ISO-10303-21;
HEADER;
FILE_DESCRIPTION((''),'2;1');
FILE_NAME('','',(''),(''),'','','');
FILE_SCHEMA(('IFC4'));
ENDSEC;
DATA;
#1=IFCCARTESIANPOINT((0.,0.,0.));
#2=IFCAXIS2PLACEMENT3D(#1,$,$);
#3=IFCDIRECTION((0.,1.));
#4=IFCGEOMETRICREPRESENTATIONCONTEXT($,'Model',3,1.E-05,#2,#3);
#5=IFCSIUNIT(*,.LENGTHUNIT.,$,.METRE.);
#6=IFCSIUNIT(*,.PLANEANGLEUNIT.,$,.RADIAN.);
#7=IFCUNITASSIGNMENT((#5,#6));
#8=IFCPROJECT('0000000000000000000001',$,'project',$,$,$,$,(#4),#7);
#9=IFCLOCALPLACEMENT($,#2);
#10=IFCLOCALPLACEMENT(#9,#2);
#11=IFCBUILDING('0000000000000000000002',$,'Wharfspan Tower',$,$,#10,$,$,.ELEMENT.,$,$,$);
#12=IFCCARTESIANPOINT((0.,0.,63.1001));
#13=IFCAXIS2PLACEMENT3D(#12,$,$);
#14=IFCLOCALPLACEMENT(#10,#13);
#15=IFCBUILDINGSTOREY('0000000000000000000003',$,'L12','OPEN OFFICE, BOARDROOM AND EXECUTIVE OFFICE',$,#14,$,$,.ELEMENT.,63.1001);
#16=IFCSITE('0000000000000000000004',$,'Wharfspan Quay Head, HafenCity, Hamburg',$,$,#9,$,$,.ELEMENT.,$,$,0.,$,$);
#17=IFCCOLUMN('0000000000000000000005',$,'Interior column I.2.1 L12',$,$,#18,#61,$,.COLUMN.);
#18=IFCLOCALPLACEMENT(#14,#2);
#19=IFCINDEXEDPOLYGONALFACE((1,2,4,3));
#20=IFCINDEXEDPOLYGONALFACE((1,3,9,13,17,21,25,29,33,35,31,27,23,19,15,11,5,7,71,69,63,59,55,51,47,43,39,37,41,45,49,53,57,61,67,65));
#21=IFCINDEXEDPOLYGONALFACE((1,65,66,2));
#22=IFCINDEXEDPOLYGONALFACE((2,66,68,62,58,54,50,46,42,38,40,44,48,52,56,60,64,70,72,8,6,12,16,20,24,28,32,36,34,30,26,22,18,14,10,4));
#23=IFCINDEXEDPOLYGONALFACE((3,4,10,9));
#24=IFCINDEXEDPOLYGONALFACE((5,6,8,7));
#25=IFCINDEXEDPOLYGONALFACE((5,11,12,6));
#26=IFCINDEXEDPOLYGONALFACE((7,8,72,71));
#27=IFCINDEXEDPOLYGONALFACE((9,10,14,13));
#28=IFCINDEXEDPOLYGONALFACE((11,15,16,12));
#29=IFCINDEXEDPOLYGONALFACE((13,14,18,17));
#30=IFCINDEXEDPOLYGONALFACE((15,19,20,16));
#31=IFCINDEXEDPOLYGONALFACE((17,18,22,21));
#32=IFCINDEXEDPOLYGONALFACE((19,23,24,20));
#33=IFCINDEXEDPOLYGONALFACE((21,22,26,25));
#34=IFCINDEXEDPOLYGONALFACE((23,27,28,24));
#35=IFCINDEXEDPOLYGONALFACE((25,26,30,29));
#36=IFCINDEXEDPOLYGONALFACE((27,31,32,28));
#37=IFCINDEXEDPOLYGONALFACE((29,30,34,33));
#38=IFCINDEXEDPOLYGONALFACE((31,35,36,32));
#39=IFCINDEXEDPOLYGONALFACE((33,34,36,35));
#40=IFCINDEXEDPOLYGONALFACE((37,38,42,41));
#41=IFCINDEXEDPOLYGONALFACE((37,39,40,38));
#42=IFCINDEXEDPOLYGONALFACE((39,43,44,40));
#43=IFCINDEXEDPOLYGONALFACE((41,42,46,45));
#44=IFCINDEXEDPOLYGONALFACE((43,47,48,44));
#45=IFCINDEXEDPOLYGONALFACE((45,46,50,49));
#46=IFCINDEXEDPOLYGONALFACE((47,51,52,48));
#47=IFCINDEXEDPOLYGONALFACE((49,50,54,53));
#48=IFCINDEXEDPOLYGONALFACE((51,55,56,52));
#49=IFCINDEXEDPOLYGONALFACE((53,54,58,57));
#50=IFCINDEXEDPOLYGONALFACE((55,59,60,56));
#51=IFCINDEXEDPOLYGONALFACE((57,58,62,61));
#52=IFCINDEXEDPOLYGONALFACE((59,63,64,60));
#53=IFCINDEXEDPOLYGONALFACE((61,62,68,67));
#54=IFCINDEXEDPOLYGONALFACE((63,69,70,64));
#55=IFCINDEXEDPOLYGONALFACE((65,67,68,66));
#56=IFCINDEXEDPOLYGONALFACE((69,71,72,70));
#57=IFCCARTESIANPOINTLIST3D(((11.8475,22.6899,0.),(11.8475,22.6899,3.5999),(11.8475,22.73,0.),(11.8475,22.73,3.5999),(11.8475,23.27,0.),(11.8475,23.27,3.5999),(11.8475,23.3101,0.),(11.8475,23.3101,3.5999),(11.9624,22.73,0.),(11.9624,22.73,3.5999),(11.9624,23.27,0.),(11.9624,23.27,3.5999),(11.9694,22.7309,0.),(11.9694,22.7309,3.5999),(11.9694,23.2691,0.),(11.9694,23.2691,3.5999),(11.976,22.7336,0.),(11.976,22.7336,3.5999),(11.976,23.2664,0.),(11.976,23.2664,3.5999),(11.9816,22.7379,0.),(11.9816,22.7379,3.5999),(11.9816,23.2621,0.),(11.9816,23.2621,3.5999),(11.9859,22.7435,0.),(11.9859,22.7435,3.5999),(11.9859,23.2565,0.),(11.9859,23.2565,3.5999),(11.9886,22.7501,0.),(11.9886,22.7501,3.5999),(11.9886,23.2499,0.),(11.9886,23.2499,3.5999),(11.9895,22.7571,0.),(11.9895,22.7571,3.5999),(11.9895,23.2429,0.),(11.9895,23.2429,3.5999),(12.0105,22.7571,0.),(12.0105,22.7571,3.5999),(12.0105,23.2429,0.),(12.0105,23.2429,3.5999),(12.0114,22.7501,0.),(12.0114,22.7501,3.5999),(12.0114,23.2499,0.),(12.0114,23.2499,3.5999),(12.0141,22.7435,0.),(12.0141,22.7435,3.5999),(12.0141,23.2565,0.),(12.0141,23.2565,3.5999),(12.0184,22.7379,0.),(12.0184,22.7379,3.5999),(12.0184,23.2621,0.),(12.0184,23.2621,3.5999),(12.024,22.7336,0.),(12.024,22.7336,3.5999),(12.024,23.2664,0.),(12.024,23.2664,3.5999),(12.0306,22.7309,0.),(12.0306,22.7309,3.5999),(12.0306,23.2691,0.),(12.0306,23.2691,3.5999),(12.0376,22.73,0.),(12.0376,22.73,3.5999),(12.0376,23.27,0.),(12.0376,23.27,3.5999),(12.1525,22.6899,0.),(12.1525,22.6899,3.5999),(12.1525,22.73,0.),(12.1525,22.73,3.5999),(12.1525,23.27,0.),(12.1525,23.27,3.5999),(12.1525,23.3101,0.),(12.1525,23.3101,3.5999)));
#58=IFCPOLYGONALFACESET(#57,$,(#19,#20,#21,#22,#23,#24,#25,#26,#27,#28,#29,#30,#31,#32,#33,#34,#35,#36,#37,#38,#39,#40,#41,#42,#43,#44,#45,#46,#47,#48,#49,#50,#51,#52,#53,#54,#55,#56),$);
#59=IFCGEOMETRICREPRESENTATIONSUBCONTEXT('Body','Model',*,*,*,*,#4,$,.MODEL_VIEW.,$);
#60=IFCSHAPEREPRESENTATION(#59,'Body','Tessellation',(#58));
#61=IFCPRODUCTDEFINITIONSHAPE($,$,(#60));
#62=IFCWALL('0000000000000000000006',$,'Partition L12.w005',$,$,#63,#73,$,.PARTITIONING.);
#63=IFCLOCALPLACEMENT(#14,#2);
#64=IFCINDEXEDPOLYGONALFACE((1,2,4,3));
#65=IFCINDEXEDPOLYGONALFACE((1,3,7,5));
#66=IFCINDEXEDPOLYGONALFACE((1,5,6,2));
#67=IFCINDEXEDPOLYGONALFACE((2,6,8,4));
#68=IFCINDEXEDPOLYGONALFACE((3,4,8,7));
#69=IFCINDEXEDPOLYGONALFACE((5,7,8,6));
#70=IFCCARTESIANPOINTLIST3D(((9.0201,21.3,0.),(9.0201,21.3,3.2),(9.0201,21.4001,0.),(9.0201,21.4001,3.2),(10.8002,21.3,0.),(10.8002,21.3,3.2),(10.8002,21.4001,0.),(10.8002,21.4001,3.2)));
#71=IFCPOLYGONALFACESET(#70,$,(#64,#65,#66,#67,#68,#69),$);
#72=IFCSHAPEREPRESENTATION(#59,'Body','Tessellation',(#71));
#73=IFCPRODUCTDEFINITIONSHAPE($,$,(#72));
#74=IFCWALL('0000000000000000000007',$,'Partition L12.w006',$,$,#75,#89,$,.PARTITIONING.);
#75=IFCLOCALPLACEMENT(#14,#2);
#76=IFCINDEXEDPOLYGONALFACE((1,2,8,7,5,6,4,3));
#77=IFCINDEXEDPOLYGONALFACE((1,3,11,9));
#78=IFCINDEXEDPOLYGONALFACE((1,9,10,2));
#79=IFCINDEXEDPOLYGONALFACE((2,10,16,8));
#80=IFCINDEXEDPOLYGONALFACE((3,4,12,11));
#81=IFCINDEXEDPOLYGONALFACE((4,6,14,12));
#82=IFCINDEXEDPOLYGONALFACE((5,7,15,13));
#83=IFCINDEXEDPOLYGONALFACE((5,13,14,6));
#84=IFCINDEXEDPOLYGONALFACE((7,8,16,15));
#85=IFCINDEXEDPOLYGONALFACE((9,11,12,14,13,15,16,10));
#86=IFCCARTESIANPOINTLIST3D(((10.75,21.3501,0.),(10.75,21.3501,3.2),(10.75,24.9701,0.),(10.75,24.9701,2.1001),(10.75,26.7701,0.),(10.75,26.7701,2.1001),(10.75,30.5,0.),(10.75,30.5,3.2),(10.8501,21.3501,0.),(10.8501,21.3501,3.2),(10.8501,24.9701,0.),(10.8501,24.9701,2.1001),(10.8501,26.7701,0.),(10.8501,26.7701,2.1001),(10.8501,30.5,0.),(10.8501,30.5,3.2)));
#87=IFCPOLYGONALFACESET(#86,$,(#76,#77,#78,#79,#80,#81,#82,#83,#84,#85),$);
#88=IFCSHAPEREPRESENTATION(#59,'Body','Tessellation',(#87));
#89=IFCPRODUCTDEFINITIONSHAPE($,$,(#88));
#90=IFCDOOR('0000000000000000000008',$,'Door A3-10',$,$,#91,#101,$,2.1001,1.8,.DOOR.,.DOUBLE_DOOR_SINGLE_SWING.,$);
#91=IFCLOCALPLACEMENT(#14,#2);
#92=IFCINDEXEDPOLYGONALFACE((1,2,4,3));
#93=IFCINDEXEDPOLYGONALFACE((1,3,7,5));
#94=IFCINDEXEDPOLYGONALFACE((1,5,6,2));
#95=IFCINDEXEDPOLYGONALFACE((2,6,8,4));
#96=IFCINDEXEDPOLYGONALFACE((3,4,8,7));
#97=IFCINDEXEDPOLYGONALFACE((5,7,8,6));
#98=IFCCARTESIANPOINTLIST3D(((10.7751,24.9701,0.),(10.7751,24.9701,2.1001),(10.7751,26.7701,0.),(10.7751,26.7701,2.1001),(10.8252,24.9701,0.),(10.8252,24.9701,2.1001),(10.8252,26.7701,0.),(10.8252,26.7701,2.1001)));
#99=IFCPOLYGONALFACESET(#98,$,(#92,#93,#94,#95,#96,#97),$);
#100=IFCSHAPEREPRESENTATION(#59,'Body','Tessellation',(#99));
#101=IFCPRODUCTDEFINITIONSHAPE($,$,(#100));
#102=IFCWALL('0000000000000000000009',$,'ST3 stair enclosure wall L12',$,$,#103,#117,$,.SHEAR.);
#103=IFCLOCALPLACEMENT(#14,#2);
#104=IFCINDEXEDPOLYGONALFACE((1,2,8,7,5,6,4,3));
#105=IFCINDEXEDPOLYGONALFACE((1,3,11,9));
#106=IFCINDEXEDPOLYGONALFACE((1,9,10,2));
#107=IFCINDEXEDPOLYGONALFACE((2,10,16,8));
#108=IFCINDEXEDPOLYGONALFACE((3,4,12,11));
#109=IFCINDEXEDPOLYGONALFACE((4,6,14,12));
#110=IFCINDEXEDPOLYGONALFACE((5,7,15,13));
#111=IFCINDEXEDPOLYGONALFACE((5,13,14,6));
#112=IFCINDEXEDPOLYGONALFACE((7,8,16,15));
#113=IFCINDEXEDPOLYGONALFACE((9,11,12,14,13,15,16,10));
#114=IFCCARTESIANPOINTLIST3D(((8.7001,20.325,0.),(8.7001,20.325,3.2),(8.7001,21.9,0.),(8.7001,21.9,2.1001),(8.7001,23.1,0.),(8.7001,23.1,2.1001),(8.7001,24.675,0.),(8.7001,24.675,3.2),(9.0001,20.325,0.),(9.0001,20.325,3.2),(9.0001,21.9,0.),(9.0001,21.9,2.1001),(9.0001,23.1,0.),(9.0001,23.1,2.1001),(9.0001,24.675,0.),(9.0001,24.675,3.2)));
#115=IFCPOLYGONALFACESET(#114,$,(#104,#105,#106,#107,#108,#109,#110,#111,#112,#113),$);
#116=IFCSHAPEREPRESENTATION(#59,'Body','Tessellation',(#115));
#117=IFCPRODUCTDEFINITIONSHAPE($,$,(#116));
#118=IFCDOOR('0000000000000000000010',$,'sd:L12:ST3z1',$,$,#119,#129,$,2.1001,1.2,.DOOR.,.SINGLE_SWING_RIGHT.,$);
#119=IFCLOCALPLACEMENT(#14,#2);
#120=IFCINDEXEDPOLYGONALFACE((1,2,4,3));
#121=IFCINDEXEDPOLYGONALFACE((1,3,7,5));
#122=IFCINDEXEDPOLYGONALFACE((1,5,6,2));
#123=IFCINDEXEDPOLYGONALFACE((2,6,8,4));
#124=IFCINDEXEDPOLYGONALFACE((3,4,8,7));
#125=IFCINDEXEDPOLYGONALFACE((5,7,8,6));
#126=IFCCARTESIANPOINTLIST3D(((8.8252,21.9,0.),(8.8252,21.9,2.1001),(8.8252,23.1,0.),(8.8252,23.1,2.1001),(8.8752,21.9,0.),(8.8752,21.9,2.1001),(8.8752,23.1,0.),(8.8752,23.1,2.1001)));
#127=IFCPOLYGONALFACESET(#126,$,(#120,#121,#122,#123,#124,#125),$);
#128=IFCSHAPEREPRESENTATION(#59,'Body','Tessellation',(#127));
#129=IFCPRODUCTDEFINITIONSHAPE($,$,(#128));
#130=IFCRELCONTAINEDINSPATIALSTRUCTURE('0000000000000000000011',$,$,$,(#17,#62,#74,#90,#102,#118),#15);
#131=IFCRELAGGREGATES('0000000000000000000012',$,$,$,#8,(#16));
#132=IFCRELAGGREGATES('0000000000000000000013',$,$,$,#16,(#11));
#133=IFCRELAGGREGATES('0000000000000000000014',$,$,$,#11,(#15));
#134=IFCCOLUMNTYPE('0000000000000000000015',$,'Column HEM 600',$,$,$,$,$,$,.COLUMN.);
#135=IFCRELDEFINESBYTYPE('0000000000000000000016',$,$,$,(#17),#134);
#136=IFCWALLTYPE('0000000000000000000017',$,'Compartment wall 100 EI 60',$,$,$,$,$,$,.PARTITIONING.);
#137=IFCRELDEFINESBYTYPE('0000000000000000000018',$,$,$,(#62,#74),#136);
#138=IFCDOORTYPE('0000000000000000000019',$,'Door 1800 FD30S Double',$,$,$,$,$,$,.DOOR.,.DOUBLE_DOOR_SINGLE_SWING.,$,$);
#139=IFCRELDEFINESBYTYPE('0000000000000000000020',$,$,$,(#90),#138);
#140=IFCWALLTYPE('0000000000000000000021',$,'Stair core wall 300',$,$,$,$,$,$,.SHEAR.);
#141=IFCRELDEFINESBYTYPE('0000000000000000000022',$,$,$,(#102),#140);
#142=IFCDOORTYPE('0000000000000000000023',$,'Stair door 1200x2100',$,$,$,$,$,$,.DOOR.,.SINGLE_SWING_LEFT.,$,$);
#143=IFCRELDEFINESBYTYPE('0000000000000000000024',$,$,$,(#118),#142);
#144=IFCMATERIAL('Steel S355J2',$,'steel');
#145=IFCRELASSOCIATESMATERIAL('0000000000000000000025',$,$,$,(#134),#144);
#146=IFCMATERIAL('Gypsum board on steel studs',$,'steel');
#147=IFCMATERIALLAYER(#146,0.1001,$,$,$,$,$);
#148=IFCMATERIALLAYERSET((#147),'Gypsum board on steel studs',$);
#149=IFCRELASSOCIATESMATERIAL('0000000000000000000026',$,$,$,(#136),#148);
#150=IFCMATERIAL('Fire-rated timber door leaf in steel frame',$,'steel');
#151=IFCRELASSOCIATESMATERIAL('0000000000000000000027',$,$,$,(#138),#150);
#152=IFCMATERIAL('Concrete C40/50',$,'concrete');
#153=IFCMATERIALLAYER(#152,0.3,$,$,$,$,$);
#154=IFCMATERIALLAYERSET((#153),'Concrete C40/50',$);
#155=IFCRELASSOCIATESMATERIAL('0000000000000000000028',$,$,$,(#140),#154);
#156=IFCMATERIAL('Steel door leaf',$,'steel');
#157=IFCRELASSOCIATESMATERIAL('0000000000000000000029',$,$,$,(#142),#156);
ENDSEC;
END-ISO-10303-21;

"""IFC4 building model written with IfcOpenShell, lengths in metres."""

from ifc_helpers import new_model, si_unit, direction, frame, frame_2d, origin, origin_2d, place, context, subcontext, project, spatial, rectangle, i_section, extrude, material, layer, layer_set, material_profile, profile_set, type_object, element, fill, save


model = new_model("IFC4")

# Units and contexts
model_context = context("Model", 3, precision=1e-05, world=origin(), true_north=direction((0.0, 1.0)))
body_context = subcontext(model_context, "Body", "Model", "MODEL_VIEW")
ifc_project = project(units=[si_unit("LENGTHUNIT", "METRE"), si_unit("PLANEANGLEUNIT", "RADIAN")], contexts=[model_context])

# Site, building, storey
site_placement = place(None, origin())
site = spatial("IfcSite", under=ifc_project, at=site_placement, Name="Wharfspan Quay Head, HafenCity, Hamburg", CompositionType="ELEMENT", RefElevation=0.0)
building_placement = place(site_placement, origin())
building = spatial("IfcBuilding", under=site, at=building_placement, Name="Wharfspan Tower", CompositionType="ELEMENT")
storey_placement = place(building_placement, frame((0.0, 0.0, 63.1001)))
storey = spatial("IfcBuildingStorey", under=building, at=storey_placement, Name="L12", Description="OPEN OFFICE, BOARDROOM AND EXECUTIVE OFFICE", CompositionType="ELEMENT", Elevation=63.1001)

# Column
ifc_material_1 = material(Name="Steel S355J2", Category="steel")
ifc_material_profile = material_profile(ifc_material_1, i_section(OverallWidth=0.3049, OverallDepth=0.6201, WebThickness=0.021, FlangeThickness=0.04, FilletRadius=0.0271, at=origin_2d()))
ifc_profile_set = profile_set([ifc_material_profile], Name="Steel S355J2")
column_type = type_object("IfcColumnType", Name="Column HEM 600", PredefinedType="COLUMN", material=ifc_profile_set)
column_placement = place(storey_placement, frame((12.0, 23.0, 0.0), z_axis=(0.0, 0.0, 1.0), x_axis=(1.0, 0.0, 0.0)))
element("IfcColumn", 1, at=column_placement, inside=storey, type_object=column_type, Name="Interior column I.2.1 L12", PredefinedType="COLUMN", context=body_context, shape_type="SweptSolid", body=[
    extrude(i_section(OverallWidth=0.3049, OverallDepth=0.6201, WebThickness=0.021, FlangeThickness=0.04, FilletRadius=0.0271, at=origin_2d()), origin(), (0.0, 0.0, 1.0), 3.5999),
])

# Wall
ifc_material_2 = material(Name="Gypsum board on steel studs", Category="steel")
ifc_layer_1 = layer(ifc_material_2, 0.1001)
ifc_layer_set_1 = layer_set([ifc_layer_1], Name="Gypsum board on steel studs")
wall_type_1 = type_object("IfcWallType", Name="Compartment wall 100 EI 60", PredefinedType="PARTITIONING", material=ifc_layer_set_1)
wall_1_placement = place(storey_placement, frame((9.02, 21.3501, 0.0), z_axis=(0.0, 0.0, 1.0), x_axis=(1.0, 0.0, 0.0)))
element("IfcWall", 2, at=wall_1_placement, inside=storey, type_object=wall_type_1, Name="Partition L12.w005", PredefinedType="PARTITIONING", context=body_context, shape_type="SweptSolid", body=[
    extrude(rectangle(XDim=1.78, YDim=0.1001, at=frame_2d((0.8901, 0.0))), origin(), (0.0, 0.0, 1.0), 3.2),
])

# Walls, openings, doors
wall_2_placement = place(storey_placement, frame((10.8, 21.3501, 0.0), z_axis=(0.0, 0.0, 1.0), x_axis=(0.0, 1.0, 0.0)))
wall_2 = element("IfcWall", 3, at=wall_2_placement, inside=storey, type_object=wall_type_1, Name="Partition L12.w006", PredefinedType="PARTITIONING", context=body_context, shape_type="SweptSolid", body=[
    extrude(rectangle(XDim=9.1499, YDim=0.1001, at=frame_2d((4.575, 0.0))), origin(), (0.0, 0.0, 1.0), 3.2),
])
opening_1_placement = place(wall_2_placement, frame((3.6201, 0.0, 0.0)))
opening_1 = element("IfcOpeningElement", 4, at=opening_1_placement, cuts=wall_2, PredefinedType="OPENING", context=body_context, shape_type="SweptSolid", body=[
    extrude(rectangle(XDim=1.8, YDim=2.1001, at=frame_2d((0.8999, 1.05))), frame((0.0, 0.0601, 0.0), z_axis=(0.0, -1.0, 0.0), x_axis=(1.0, 0.0, 0.0)), (0.0, 0.0, 1.0), 0.1201),
])
ifc_material_3 = material(Name="Fire-rated timber door leaf in steel frame", Category="steel")
door_type_1 = type_object("IfcDoorType", Name="Door 1800 FD30S Double", OperationType="DOUBLE_DOOR_SINGLE_SWING", PredefinedType="DOOR", material=ifc_material_3)
door_1_placement = place(opening_1_placement, origin())
door_1 = element("IfcDoor", 5, at=door_1_placement, inside=storey, type_object=door_type_1, Name="Door A3-10", OperationType="DOUBLE_DOOR_SINGLE_SWING", OverallHeight=2.1001, OverallWidth=1.8, PredefinedType="DOOR", context=body_context, shape_type="SweptSolid", body=[
    extrude(rectangle(XDim=1.8, YDim=2.1001, at=frame_2d((0.8999, 1.05))), frame((0.0, 0.0249, 0.0), z_axis=(0.0, -1.0, 0.0), x_axis=(1.0, 0.0, 0.0)), (0.0, 0.0, 1.0), 0.05),
])
fill(opening_1, door_1)
ifc_material_4 = material(Name="Concrete C40/50", Category="concrete")
ifc_layer_2 = layer(ifc_material_4, 0.3)
ifc_layer_set_2 = layer_set([ifc_layer_2], Name="Concrete C40/50")
wall_type_2 = type_object("IfcWallType", Name="Stair core wall 300", PredefinedType="SHEAR", material=ifc_layer_set_2)
wall_3_placement = place(storey_placement, frame((8.8501, 20.325, 0.0), z_axis=(0.0, 0.0, 1.0), x_axis=(0.0, 1.0, 0.0)))
wall_3 = element("IfcWall", 6, at=wall_3_placement, inside=storey, type_object=wall_type_2, Name="ST3 stair enclosure wall L12", PredefinedType="SHEAR", context=body_context, shape_type="SweptSolid", body=[
    extrude(rectangle(XDim=4.3501, YDim=0.3, at=frame_2d((2.175, 0.0))), origin(), (0.0, 0.0, 1.0), 3.2),
])
opening_2_placement = place(wall_3_placement, frame((1.575, 0.0, 0.0)))
opening_2 = element("IfcOpeningElement", 7, at=opening_2_placement, cuts=wall_3, PredefinedType="OPENING", context=body_context, shape_type="SweptSolid", body=[
    extrude(rectangle(XDim=1.2, YDim=2.1001, at=frame_2d((0.6001, 1.05))), frame((0.0, 0.1599, 0.0), z_axis=(0.0, -1.0, 0.0), x_axis=(1.0, 0.0, 0.0)), (0.0, 0.0, 1.0), 0.3201),
])
ifc_material_5 = material(Name="Steel door leaf", Category="steel")
door_type_2 = type_object("IfcDoorType", Name="Stair door 1200x2100", OperationType="SINGLE_SWING_LEFT", PredefinedType="DOOR", material=ifc_material_5)
door_2_placement = place(opening_2_placement, origin())
door_2 = element("IfcDoor", 8, at=door_2_placement, inside=storey, type_object=door_type_2, Name="sd:L12:ST3z1", OperationType="SINGLE_SWING_RIGHT", OverallHeight=2.1001, OverallWidth=1.2, PredefinedType="DOOR", context=body_context, shape_type="SweptSolid", body=[
    extrude(rectangle(XDim=1.2, YDim=2.1001, at=frame_2d((0.6001, 1.05))), frame((0.0, 0.0249, 0.0), z_axis=(0.0, -1.0, 0.0), x_axis=(1.0, 0.0, 0.0)), (0.0, 0.0, 1.0), 0.05),
])
fill(opening_2, door_2)

save(model, "model.ifc")
